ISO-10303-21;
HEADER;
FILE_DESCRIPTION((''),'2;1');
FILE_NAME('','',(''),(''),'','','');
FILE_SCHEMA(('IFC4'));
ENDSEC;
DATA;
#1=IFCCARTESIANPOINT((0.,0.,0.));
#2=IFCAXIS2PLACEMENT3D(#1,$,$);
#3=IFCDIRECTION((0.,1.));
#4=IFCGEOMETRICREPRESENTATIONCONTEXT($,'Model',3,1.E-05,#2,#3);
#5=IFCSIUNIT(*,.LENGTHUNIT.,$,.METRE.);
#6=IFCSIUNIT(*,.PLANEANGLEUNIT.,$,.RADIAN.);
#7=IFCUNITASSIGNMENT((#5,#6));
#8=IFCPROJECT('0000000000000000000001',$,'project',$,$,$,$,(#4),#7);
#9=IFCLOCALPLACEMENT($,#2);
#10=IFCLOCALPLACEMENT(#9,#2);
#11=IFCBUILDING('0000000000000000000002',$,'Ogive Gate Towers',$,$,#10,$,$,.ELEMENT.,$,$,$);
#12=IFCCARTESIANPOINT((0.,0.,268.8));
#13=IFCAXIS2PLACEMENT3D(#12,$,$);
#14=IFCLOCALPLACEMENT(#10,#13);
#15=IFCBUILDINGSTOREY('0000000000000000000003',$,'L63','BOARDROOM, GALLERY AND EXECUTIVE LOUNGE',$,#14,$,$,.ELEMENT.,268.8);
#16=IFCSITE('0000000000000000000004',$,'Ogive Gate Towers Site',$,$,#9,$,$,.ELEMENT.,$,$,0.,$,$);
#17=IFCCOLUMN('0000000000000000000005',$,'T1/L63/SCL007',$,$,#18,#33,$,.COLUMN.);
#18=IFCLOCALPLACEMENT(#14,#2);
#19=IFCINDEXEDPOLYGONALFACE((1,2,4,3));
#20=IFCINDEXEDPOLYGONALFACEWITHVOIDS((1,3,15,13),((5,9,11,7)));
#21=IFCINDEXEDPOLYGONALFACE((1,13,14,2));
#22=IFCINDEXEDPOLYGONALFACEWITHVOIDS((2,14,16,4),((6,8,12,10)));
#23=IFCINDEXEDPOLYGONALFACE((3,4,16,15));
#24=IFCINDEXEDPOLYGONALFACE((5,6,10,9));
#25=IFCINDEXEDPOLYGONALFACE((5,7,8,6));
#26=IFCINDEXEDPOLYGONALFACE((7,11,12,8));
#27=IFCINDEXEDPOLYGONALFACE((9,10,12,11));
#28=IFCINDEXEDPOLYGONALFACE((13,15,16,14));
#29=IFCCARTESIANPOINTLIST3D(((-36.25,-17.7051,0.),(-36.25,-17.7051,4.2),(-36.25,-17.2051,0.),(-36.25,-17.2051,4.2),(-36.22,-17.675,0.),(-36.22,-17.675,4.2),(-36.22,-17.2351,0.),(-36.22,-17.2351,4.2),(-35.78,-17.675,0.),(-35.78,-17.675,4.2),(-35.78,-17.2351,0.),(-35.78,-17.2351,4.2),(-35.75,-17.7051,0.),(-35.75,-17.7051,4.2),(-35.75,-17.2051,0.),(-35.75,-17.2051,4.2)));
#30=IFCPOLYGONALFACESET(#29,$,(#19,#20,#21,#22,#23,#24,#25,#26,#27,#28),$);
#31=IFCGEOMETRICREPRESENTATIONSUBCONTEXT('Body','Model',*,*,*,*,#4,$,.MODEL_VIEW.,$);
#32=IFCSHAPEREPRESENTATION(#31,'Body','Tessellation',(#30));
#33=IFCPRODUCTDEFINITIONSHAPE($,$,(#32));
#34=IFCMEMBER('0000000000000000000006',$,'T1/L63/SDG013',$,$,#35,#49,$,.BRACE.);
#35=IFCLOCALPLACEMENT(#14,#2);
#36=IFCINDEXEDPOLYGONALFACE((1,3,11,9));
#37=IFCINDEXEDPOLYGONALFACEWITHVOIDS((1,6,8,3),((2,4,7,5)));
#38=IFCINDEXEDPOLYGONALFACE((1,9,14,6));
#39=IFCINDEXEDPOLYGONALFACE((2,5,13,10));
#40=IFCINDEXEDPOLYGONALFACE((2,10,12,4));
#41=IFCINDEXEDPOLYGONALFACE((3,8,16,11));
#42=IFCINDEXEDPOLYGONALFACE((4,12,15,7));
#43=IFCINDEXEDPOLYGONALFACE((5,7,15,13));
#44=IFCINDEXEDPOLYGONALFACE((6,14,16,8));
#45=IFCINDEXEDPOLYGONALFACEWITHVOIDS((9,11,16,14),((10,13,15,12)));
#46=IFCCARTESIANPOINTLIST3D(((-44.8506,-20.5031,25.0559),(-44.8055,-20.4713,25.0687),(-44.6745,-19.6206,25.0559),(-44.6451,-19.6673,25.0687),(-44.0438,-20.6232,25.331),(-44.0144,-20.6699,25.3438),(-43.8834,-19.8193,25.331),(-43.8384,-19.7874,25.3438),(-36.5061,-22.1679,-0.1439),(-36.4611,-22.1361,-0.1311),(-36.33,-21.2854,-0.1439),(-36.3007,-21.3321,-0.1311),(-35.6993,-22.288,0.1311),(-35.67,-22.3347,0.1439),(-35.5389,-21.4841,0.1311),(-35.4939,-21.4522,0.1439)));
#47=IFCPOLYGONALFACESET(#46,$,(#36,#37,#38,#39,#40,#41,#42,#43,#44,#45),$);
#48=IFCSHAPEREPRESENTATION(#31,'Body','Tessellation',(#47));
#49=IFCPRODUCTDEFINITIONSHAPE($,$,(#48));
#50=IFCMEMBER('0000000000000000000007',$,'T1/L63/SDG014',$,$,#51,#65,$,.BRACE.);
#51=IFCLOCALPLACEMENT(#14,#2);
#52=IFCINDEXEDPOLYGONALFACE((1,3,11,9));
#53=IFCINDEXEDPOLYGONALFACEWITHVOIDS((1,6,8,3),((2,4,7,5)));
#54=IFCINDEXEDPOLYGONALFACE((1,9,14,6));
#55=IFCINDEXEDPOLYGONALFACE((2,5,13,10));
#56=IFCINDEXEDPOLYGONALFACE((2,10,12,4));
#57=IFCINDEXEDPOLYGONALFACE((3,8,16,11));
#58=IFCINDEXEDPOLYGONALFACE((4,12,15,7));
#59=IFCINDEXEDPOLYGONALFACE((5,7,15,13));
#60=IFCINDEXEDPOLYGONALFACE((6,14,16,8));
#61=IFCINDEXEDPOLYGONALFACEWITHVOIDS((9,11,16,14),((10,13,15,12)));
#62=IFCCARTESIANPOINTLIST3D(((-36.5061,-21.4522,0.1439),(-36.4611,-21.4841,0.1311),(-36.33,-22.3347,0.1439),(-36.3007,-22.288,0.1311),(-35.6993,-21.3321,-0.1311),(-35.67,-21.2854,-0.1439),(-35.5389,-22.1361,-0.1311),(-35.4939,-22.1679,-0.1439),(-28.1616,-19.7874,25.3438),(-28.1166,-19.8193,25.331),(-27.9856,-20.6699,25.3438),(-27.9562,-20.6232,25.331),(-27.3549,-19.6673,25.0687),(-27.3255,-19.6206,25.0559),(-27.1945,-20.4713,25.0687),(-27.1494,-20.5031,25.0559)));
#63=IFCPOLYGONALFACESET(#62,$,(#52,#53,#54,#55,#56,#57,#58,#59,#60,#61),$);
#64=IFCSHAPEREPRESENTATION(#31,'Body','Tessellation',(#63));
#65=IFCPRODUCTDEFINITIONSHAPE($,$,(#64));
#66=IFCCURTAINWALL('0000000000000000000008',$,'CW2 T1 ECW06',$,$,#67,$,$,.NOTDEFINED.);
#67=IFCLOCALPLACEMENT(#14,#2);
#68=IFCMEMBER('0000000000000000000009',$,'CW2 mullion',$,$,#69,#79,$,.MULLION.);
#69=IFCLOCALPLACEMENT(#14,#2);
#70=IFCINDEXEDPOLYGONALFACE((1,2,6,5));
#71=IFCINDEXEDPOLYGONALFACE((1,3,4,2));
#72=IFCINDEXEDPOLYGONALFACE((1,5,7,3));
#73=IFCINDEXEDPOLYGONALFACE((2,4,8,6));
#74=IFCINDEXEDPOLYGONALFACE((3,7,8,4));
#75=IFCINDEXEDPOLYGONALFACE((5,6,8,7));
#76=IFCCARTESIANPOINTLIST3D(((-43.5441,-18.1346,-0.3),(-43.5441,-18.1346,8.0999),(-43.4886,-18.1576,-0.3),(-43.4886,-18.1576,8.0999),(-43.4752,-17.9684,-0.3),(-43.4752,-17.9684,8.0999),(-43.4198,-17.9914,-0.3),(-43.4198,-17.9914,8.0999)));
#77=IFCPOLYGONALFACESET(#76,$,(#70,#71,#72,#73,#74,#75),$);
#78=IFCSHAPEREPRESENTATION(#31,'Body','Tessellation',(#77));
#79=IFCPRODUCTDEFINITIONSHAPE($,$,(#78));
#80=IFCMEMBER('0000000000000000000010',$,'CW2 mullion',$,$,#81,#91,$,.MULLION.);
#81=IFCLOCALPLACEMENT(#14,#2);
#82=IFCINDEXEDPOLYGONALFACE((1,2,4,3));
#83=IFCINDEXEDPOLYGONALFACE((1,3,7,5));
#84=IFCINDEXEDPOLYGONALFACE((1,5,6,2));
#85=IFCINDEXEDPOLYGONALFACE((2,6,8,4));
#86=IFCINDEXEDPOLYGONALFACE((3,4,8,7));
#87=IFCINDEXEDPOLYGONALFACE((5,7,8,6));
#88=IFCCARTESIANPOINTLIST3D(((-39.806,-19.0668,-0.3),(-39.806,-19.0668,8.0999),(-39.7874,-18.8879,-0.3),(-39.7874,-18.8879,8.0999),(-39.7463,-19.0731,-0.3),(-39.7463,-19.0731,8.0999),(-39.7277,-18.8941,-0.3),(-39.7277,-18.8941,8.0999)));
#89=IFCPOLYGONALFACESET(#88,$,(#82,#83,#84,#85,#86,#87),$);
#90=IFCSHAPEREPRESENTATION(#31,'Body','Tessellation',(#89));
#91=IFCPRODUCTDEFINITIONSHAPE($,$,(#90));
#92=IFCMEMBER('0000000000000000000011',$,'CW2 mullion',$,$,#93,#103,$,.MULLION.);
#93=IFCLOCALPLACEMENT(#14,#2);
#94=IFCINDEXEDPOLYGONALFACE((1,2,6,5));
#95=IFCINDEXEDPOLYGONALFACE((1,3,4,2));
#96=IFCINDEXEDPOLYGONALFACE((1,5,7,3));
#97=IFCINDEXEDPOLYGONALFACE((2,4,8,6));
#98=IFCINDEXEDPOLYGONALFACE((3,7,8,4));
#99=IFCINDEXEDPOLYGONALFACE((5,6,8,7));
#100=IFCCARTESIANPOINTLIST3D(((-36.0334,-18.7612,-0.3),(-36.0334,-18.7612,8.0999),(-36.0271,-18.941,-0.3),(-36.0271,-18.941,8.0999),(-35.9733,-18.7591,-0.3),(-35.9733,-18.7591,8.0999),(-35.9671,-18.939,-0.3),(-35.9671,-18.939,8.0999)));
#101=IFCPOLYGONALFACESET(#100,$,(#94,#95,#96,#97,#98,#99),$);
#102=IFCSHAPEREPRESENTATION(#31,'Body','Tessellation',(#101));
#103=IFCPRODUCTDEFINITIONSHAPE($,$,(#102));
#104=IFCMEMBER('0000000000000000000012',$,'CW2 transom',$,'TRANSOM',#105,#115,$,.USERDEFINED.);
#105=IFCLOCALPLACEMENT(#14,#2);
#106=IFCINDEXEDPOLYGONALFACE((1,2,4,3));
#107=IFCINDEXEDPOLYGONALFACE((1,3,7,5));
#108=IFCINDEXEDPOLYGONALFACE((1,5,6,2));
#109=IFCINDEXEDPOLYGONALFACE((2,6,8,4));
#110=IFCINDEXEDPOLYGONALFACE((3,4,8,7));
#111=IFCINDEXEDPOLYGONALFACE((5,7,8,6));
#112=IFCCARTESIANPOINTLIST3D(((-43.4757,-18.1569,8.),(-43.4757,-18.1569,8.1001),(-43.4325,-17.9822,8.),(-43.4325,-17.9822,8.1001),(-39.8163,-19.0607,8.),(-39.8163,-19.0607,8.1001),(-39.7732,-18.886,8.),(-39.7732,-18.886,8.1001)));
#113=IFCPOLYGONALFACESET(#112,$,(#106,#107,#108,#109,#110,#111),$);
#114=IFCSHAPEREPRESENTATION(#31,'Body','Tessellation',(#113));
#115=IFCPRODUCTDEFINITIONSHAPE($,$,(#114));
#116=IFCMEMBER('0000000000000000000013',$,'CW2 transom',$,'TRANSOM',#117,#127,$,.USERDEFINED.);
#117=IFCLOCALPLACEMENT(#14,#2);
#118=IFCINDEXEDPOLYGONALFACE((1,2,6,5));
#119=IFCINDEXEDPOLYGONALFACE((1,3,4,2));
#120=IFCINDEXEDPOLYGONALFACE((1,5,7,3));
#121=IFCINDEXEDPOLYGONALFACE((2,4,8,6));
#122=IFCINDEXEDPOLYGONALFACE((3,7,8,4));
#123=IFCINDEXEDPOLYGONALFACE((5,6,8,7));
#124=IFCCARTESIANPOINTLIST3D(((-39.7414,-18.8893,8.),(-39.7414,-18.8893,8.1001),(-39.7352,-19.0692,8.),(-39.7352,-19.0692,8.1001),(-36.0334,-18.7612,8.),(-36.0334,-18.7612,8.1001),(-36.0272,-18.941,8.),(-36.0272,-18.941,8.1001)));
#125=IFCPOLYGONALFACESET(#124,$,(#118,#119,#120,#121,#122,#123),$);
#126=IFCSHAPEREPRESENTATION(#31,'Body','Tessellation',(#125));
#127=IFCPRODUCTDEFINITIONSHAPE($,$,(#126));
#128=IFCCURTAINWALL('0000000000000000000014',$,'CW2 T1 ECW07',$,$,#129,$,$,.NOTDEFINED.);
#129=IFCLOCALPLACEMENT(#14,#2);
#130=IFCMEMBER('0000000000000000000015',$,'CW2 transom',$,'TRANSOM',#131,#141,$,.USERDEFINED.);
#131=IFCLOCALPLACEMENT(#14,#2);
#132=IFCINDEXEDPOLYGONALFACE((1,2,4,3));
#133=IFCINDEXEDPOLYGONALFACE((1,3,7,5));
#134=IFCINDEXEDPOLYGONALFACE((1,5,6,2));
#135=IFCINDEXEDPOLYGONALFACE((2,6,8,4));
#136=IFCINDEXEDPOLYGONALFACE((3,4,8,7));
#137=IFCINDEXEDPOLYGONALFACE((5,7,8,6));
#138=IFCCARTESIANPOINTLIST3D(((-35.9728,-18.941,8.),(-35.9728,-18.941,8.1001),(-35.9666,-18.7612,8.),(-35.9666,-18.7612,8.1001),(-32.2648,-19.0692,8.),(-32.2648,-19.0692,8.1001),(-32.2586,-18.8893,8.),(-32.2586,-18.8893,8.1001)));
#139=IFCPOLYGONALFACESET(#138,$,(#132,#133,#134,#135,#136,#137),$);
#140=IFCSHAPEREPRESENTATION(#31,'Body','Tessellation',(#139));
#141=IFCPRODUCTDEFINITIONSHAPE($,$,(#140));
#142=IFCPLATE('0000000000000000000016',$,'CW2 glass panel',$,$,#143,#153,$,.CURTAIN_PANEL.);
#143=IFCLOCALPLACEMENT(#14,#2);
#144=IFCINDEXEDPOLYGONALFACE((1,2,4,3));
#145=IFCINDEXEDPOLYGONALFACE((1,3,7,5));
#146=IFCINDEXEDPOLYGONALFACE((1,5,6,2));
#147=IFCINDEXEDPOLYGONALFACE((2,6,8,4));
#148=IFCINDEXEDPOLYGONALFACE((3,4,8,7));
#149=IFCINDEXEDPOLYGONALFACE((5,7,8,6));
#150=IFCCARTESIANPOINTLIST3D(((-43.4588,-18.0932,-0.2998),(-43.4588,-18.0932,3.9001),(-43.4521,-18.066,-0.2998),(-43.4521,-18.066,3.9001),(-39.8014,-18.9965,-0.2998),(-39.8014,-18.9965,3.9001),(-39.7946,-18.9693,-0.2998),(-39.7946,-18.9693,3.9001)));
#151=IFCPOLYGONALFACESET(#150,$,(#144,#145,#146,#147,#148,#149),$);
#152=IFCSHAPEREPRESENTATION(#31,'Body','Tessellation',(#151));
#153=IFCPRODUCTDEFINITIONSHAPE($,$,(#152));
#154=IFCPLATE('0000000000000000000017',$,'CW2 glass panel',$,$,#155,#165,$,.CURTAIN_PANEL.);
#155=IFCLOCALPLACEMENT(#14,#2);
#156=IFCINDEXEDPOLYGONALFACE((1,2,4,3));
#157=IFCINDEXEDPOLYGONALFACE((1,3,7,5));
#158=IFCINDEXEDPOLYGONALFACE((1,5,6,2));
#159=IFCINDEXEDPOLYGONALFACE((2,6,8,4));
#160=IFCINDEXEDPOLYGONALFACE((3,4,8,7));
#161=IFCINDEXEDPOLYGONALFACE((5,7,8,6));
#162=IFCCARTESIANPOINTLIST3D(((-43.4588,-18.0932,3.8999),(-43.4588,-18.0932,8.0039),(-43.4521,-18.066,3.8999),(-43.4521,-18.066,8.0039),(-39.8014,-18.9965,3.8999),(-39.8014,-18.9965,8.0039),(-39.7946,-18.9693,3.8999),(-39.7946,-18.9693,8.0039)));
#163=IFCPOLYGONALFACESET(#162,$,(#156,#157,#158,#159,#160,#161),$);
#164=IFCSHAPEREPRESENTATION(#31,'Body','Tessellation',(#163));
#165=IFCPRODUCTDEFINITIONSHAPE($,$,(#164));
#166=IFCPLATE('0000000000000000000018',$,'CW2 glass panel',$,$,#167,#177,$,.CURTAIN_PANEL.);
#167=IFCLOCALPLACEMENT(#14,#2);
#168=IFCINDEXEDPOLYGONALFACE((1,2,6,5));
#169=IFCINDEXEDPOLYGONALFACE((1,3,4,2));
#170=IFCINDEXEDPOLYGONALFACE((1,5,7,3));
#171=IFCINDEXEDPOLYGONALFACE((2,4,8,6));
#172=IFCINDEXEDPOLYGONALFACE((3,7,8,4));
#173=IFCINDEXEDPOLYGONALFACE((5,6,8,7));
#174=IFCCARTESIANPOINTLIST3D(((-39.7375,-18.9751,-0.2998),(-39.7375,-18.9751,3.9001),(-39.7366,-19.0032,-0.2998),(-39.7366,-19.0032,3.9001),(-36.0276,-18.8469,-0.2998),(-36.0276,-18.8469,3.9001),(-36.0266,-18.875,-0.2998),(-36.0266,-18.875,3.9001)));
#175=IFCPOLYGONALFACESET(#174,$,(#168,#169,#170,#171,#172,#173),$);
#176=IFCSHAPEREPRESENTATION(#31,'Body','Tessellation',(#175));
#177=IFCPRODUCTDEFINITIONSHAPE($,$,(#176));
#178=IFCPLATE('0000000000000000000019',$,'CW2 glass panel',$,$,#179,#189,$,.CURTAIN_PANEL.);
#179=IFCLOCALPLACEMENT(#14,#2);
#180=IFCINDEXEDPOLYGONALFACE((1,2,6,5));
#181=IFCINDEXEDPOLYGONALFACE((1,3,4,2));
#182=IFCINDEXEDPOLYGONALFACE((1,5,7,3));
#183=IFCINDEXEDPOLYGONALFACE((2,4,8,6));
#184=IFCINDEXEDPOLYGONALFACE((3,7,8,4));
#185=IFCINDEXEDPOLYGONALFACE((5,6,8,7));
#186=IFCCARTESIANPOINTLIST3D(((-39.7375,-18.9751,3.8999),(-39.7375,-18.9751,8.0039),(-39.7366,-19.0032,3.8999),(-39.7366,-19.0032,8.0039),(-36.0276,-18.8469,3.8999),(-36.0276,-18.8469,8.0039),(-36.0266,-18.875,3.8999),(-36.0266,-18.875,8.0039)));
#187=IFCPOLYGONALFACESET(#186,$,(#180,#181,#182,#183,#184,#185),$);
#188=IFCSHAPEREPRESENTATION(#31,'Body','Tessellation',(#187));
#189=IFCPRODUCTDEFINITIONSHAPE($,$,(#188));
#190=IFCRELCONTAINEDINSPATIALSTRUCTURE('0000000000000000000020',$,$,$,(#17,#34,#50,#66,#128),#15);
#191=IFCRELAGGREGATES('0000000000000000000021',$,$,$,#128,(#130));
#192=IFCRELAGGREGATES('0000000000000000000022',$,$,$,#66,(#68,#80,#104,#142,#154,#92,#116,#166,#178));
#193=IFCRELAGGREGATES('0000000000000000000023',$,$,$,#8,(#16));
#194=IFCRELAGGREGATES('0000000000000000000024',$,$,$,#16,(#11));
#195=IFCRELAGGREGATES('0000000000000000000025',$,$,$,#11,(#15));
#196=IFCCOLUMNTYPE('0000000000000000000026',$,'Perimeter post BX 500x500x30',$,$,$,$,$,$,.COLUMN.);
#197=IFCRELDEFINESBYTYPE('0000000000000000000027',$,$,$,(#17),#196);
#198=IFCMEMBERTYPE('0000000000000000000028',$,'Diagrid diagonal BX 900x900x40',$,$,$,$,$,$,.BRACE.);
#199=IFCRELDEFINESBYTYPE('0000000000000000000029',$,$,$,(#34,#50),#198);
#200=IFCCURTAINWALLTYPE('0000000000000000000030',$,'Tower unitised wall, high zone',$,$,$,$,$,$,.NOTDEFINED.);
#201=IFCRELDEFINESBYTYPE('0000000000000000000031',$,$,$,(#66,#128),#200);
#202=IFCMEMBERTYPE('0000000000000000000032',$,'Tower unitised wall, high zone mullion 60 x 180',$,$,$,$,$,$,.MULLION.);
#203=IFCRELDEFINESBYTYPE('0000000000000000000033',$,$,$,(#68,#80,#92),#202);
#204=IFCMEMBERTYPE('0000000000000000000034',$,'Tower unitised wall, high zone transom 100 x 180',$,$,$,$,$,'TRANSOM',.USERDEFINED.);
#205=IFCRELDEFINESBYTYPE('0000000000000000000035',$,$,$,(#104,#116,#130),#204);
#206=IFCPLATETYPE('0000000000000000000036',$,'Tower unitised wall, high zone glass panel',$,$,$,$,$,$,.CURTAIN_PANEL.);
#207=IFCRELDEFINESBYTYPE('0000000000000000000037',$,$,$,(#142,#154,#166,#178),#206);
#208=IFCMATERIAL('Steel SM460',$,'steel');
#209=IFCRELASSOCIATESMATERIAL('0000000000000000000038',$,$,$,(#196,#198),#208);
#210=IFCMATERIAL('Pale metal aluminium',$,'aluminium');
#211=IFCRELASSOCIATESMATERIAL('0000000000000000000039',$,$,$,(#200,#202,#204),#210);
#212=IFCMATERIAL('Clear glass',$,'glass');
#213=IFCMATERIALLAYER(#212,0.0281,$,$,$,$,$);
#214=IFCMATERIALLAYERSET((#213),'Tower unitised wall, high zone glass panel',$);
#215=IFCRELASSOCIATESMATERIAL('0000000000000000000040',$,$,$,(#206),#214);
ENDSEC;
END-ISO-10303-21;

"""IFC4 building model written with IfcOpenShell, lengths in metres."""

from ifc_helpers import new_model, si_unit, direction, frame, origin, origin_2d, place, context, subcontext, project, spatial, rectangle, hollow_rectangle, extrude, material, layer, layer_set, material_profile, profile_set, type_object, element, aggregate, save


model = new_model("IFC4")

# Units and contexts
model_context = context("Model", 3, precision=1e-05, world=origin(), true_north=direction((0.0, 1.0)))
body_context = subcontext(model_context, "Body", "Model", "MODEL_VIEW")
ifc_project = project(units=[si_unit("LENGTHUNIT", "METRE"), si_unit("PLANEANGLEUNIT", "RADIAN")], contexts=[model_context])

# Site, building, storey
site_placement = place(None, origin())
site = spatial("IfcSite", under=ifc_project, at=site_placement, Name="Ogive Gate Towers Site", CompositionType="ELEMENT", RefElevation=0.0)
building_placement = place(site_placement, origin())
building = spatial("IfcBuilding", under=site, at=building_placement, Name="Ogive Gate Towers", CompositionType="ELEMENT")
storey_placement = place(building_placement, frame((0.0, 0.0, 268.8)))
storey = spatial("IfcBuildingStorey", under=building, at=storey_placement, Name="L63", Description="BOARDROOM, GALLERY AND EXECUTIVE LOUNGE", CompositionType="ELEMENT", Elevation=268.8)

# Column
ifc_material_1 = material(Name="Steel SM460", Category="steel")
ifc_material_profile_1 = material_profile(ifc_material_1, hollow_rectangle(XDim=0.5, YDim=0.5, WallThickness=0.03, at=origin_2d()), Name="BX 500x500x30")
ifc_profile_set_1 = profile_set([ifc_material_profile_1], Name="Steel SM460")
column_type = type_object("IfcColumnType", Name="Perimeter post BX 500x500x30", PredefinedType="COLUMN", material=ifc_profile_set_1)
column_placement = place(storey_placement, frame((-36.0, -17.4551, 0.0), z_axis=(0.0, 0.0, 1.0), x_axis=(1.0, 0.0, 0.0)))
element("IfcColumn", 1, at=column_placement, inside=storey, type_object=column_type, Name="T1/L63/SCL007", PredefinedType="COLUMN", context=body_context, shape_type="SweptSolid", body=[
    extrude(hollow_rectangle(XDim=0.5, YDim=0.5, WallThickness=0.03, at=origin_2d()), origin(), (0.0, 0.0, 1.0), 4.2),
])

# Members
ifc_material_profile_2 = material_profile(ifc_material_1, hollow_rectangle(XDim=0.8999, YDim=0.8999, WallThickness=0.04, at=origin_2d()), Name="BX 900x900x40")
ifc_profile_set_2 = profile_set([ifc_material_profile_2], Name="Steel SM460")
member_type_1 = type_object("IfcMemberType", Name="Diagrid diagonal BX 900x900x40", PredefinedType="BRACE", material=ifc_profile_set_2)
for number, where, z_axis, x_axis, name in (
    (2, (-36.0, -21.8101, 0.0), (-0.313729, 0.062592, 0.947447), (-0.195653, -0.980673, 0.0), "T1/L63/SDG013"),
    (3, (-36.0, -21.8101, 0.0), (0.313729, 0.062592, 0.947447), (-0.195653, 0.980673, 0.0), "T1/L63/SDG014"),
):
    element("IfcMember", number, at=place(storey_placement, frame(where, z_axis=z_axis, x_axis=x_axis)), inside=storey, type_object=member_type_1, Name=name, PredefinedType="BRACE", context=body_context, shape_type="SweptSolid", body=[
        extrude(hollow_rectangle(XDim=0.8999, YDim=0.8999, WallThickness=0.04, at=origin_2d()), origin(), (0.0, 0.0, 1.0), 26.5977),
    ])

# Curtain wall, members
ifc_material_2 = material(Name="Pale metal aluminium", Category="aluminium")
curtain_wall_type = type_object("IfcCurtainWallType", Name="Tower unitised wall, high zone", PredefinedType="NOTDEFINED", material=ifc_material_2)
curtain_wall_1_placement = place(storey_placement, origin())
curtain_wall_1 = element("IfcCurtainWall", 4, at=curtain_wall_1_placement, inside=storey, type_object=curtain_wall_type, Name="CW2 T1 ECW06", PredefinedType="NOTDEFINED")
ifc_material_profile_3 = material_profile(ifc_material_2, rectangle(XDim=0.1799, YDim=0.0601, at=origin_2d()), Name="60 x 180 aluminium box")
ifc_profile_set_3 = profile_set([ifc_material_profile_3], Name="Pale metal aluminium")
member_type_2 = type_object("IfcMemberType", Name="Tower unitised wall, high zone mullion 60 x 180", PredefinedType="MULLION", material=ifc_profile_set_3)
member_1_placement = place(storey_placement, frame((-43.4819, -18.063, -0.3), z_axis=(0.0, 0.0, 1.0), x_axis=(-0.382683, -0.92388, 0.0)))
member_1 = element("IfcMember", 5, at=member_1_placement, type_object=member_type_2, Name="CW2 mullion", PredefinedType="MULLION", context=body_context, shape_type="SweptSolid", body=[
    extrude(rectangle(XDim=0.1799, YDim=0.0601, at=origin_2d()), origin(), (0.0, 0.0, 1.0), 8.3999),
])
member_2_placement = place(storey_placement, frame((-39.7668, -18.9805, -0.3), z_axis=(0.0, 0.0, 1.0), x_axis=(-0.103608, -0.994618, 0.0)))
member_2 = element("IfcMember", 6, at=member_2_placement, type_object=member_type_2, Name="CW2 mullion", PredefinedType="MULLION", context=body_context, shape_type="SweptSolid", body=[
    extrude(rectangle(XDim=0.1799, YDim=0.0601, at=origin_2d()), origin(), (0.0, 0.0, 1.0), 8.3999),
])
member_3_placement = place(storey_placement, frame((-36.0002, -18.8501, -0.3), z_axis=(0.0, 0.0, 1.0), x_axis=(0.034533, -0.999404, 0.0)))
member_3 = element("IfcMember", 7, at=member_3_placement, type_object=member_type_2, Name="CW2 mullion", PredefinedType="MULLION", context=body_context, shape_type="SweptSolid", body=[
    extrude(rectangle(XDim=0.1799, YDim=0.0601, at=origin_2d()), origin(), (0.0, 0.0, 1.0), 8.3999),
])
ifc_material_profile_4 = material_profile(ifc_material_2, rectangle(XDim=0.1799, YDim=0.1001, at=origin_2d()), Name="100 x 180 aluminium box")
ifc_profile_set_4 = profile_set([ifc_material_profile_4], Name="Pale metal aluminium")
member_type_3 = type_object("IfcMemberType", Name="Tower unitised wall, high zone transom 100 x 180", ElementType="TRANSOM", PredefinedType="USERDEFINED", material=ifc_profile_set_4)
member_4_placement = place(storey_placement, frame((-43.4541, -18.0696, 8.05), z_axis=(0.970828, -0.239776, 0.0), x_axis=(0.239776, 0.970828, 0.0)))
member_4 = element("IfcMember", 8, at=member_4_placement, type_object=member_type_3, Name="CW2 transom", ObjectType="TRANSOM", PredefinedType="USERDEFINED", context=body_context, shape_type="SweptSolid", body=[
    extrude(rectangle(XDim=0.1799, YDim=0.1001, at=origin_2d()), origin(), (0.0, 0.0, 1.0), 3.7693),
])
member_5_placement = place(storey_placement, frame((-39.7383, -18.9792, 8.05), z_axis=(0.999403, 0.034546, 0.0), x_axis=(-0.034546, 0.999403, 0.0)))
member_5 = element("IfcMember", 9, at=member_5_placement, type_object=member_type_3, Name="CW2 transom", ObjectType="TRANSOM", PredefinedType="USERDEFINED", context=body_context, shape_type="SweptSolid", body=[
    extrude(rectangle(XDim=0.1799, YDim=0.1001, at=origin_2d()), origin(), (0.0, 0.0, 1.0), 3.7102),
])

# Curtain wall, member
curtain_wall_2_placement = place(storey_placement, origin())
curtain_wall_2 = element("IfcCurtainWall", 10, at=curtain_wall_2_placement, inside=storey, type_object=curtain_wall_type, Name="CW2 T1 ECW07", PredefinedType="NOTDEFINED")
member_6_placement = place(storey_placement, frame((-35.9697, -18.8511, 8.05), z_axis=(0.999403, -0.034546, 0.0), x_axis=(0.034546, 0.999403, 0.0)))
member_6 = element("IfcMember", 11, at=member_6_placement, type_object=member_type_3, Name="CW2 transom", ObjectType="TRANSOM", PredefinedType="USERDEFINED", context=body_context, shape_type="SweptSolid", body=[
    extrude(rectangle(XDim=0.1799, YDim=0.1001, at=origin_2d()), origin(), (0.0, 0.0, 1.0), 3.7102),
])
aggregate(curtain_wall_2, [member_6])

# Plates
ifc_material_3 = material(Name="Clear glass", Category="glass")
ifc_layer_1 = layer(ifc_material_3, 0.0281)
ifc_layer_set_1 = layer_set([ifc_layer_1], Name="Tower unitised wall, high zone glass panel")
plate_type = type_object("IfcPlateType", Name="Tower unitised wall, high zone glass panel", PredefinedType="CURTAIN_PANEL", material=ifc_layer_set_1)
plate_1_placement = place(storey_placement, frame((-41.6267, -18.5312, -0.2998), z_axis=(0.0, 0.0, 1.0), x_axis=(0.97083, -0.239771, 0.0)))
plate_1 = element("IfcPlate", 12, at=plate_1_placement, type_object=plate_type, Name="CW2 glass panel", PredefinedType="CURTAIN_PANEL", context=body_context, shape_type="SweptSolid", body=[
    extrude(rectangle(XDim=3.7673, YDim=0.0281, at=origin_2d()), origin(), (0.0, 0.0, 1.0), 4.2),
])
plate_2_placement = place(storey_placement, frame((-41.6267, -18.5312, 3.8999), z_axis=(0.0, 0.0, 1.0), x_axis=(0.97083, -0.239771, 0.0)))
plate_2 = element("IfcPlate", 13, at=plate_2_placement, type_object=plate_type, Name="CW2 glass panel", PredefinedType="CURTAIN_PANEL", context=body_context, shape_type="SweptSolid", body=[
    extrude(rectangle(XDim=3.7673, YDim=0.0281, at=origin_2d()), origin(), (0.0, 0.0, 1.0), 4.104),
])
plate_3_placement = place(storey_placement, frame((-37.8821, -18.925, -0.2998), z_axis=(0.0, 0.0, 1.0), x_axis=(0.999404, 0.034533, 0.0)))
plate_3 = element("IfcPlate", 14, at=plate_3_placement, type_object=plate_type, Name="CW2 glass panel", PredefinedType="CURTAIN_PANEL", context=body_context, shape_type="SweptSolid", body=[
    extrude(rectangle(XDim=3.7122, YDim=0.0281, at=origin_2d()), origin(), (0.0, 0.0, 1.0), 4.2),
])
plate_4_placement = place(storey_placement, frame((-37.8821, -18.925, 3.8999), z_axis=(0.0, 0.0, 1.0), x_axis=(0.999404, 0.034533, 0.0)))
plate_4 = element("IfcPlate", 15, at=plate_4_placement, type_object=plate_type, Name="CW2 glass panel", PredefinedType="CURTAIN_PANEL", context=body_context, shape_type="SweptSolid", body=[
    extrude(rectangle(XDim=3.7122, YDim=0.0281, at=origin_2d()), origin(), (0.0, 0.0, 1.0), 4.104),
])
aggregate(curtain_wall_1, [member_1, member_2, member_4, plate_1, plate_2, member_3, member_5, plate_3, plate_4])

save(model, "model.ifc")
